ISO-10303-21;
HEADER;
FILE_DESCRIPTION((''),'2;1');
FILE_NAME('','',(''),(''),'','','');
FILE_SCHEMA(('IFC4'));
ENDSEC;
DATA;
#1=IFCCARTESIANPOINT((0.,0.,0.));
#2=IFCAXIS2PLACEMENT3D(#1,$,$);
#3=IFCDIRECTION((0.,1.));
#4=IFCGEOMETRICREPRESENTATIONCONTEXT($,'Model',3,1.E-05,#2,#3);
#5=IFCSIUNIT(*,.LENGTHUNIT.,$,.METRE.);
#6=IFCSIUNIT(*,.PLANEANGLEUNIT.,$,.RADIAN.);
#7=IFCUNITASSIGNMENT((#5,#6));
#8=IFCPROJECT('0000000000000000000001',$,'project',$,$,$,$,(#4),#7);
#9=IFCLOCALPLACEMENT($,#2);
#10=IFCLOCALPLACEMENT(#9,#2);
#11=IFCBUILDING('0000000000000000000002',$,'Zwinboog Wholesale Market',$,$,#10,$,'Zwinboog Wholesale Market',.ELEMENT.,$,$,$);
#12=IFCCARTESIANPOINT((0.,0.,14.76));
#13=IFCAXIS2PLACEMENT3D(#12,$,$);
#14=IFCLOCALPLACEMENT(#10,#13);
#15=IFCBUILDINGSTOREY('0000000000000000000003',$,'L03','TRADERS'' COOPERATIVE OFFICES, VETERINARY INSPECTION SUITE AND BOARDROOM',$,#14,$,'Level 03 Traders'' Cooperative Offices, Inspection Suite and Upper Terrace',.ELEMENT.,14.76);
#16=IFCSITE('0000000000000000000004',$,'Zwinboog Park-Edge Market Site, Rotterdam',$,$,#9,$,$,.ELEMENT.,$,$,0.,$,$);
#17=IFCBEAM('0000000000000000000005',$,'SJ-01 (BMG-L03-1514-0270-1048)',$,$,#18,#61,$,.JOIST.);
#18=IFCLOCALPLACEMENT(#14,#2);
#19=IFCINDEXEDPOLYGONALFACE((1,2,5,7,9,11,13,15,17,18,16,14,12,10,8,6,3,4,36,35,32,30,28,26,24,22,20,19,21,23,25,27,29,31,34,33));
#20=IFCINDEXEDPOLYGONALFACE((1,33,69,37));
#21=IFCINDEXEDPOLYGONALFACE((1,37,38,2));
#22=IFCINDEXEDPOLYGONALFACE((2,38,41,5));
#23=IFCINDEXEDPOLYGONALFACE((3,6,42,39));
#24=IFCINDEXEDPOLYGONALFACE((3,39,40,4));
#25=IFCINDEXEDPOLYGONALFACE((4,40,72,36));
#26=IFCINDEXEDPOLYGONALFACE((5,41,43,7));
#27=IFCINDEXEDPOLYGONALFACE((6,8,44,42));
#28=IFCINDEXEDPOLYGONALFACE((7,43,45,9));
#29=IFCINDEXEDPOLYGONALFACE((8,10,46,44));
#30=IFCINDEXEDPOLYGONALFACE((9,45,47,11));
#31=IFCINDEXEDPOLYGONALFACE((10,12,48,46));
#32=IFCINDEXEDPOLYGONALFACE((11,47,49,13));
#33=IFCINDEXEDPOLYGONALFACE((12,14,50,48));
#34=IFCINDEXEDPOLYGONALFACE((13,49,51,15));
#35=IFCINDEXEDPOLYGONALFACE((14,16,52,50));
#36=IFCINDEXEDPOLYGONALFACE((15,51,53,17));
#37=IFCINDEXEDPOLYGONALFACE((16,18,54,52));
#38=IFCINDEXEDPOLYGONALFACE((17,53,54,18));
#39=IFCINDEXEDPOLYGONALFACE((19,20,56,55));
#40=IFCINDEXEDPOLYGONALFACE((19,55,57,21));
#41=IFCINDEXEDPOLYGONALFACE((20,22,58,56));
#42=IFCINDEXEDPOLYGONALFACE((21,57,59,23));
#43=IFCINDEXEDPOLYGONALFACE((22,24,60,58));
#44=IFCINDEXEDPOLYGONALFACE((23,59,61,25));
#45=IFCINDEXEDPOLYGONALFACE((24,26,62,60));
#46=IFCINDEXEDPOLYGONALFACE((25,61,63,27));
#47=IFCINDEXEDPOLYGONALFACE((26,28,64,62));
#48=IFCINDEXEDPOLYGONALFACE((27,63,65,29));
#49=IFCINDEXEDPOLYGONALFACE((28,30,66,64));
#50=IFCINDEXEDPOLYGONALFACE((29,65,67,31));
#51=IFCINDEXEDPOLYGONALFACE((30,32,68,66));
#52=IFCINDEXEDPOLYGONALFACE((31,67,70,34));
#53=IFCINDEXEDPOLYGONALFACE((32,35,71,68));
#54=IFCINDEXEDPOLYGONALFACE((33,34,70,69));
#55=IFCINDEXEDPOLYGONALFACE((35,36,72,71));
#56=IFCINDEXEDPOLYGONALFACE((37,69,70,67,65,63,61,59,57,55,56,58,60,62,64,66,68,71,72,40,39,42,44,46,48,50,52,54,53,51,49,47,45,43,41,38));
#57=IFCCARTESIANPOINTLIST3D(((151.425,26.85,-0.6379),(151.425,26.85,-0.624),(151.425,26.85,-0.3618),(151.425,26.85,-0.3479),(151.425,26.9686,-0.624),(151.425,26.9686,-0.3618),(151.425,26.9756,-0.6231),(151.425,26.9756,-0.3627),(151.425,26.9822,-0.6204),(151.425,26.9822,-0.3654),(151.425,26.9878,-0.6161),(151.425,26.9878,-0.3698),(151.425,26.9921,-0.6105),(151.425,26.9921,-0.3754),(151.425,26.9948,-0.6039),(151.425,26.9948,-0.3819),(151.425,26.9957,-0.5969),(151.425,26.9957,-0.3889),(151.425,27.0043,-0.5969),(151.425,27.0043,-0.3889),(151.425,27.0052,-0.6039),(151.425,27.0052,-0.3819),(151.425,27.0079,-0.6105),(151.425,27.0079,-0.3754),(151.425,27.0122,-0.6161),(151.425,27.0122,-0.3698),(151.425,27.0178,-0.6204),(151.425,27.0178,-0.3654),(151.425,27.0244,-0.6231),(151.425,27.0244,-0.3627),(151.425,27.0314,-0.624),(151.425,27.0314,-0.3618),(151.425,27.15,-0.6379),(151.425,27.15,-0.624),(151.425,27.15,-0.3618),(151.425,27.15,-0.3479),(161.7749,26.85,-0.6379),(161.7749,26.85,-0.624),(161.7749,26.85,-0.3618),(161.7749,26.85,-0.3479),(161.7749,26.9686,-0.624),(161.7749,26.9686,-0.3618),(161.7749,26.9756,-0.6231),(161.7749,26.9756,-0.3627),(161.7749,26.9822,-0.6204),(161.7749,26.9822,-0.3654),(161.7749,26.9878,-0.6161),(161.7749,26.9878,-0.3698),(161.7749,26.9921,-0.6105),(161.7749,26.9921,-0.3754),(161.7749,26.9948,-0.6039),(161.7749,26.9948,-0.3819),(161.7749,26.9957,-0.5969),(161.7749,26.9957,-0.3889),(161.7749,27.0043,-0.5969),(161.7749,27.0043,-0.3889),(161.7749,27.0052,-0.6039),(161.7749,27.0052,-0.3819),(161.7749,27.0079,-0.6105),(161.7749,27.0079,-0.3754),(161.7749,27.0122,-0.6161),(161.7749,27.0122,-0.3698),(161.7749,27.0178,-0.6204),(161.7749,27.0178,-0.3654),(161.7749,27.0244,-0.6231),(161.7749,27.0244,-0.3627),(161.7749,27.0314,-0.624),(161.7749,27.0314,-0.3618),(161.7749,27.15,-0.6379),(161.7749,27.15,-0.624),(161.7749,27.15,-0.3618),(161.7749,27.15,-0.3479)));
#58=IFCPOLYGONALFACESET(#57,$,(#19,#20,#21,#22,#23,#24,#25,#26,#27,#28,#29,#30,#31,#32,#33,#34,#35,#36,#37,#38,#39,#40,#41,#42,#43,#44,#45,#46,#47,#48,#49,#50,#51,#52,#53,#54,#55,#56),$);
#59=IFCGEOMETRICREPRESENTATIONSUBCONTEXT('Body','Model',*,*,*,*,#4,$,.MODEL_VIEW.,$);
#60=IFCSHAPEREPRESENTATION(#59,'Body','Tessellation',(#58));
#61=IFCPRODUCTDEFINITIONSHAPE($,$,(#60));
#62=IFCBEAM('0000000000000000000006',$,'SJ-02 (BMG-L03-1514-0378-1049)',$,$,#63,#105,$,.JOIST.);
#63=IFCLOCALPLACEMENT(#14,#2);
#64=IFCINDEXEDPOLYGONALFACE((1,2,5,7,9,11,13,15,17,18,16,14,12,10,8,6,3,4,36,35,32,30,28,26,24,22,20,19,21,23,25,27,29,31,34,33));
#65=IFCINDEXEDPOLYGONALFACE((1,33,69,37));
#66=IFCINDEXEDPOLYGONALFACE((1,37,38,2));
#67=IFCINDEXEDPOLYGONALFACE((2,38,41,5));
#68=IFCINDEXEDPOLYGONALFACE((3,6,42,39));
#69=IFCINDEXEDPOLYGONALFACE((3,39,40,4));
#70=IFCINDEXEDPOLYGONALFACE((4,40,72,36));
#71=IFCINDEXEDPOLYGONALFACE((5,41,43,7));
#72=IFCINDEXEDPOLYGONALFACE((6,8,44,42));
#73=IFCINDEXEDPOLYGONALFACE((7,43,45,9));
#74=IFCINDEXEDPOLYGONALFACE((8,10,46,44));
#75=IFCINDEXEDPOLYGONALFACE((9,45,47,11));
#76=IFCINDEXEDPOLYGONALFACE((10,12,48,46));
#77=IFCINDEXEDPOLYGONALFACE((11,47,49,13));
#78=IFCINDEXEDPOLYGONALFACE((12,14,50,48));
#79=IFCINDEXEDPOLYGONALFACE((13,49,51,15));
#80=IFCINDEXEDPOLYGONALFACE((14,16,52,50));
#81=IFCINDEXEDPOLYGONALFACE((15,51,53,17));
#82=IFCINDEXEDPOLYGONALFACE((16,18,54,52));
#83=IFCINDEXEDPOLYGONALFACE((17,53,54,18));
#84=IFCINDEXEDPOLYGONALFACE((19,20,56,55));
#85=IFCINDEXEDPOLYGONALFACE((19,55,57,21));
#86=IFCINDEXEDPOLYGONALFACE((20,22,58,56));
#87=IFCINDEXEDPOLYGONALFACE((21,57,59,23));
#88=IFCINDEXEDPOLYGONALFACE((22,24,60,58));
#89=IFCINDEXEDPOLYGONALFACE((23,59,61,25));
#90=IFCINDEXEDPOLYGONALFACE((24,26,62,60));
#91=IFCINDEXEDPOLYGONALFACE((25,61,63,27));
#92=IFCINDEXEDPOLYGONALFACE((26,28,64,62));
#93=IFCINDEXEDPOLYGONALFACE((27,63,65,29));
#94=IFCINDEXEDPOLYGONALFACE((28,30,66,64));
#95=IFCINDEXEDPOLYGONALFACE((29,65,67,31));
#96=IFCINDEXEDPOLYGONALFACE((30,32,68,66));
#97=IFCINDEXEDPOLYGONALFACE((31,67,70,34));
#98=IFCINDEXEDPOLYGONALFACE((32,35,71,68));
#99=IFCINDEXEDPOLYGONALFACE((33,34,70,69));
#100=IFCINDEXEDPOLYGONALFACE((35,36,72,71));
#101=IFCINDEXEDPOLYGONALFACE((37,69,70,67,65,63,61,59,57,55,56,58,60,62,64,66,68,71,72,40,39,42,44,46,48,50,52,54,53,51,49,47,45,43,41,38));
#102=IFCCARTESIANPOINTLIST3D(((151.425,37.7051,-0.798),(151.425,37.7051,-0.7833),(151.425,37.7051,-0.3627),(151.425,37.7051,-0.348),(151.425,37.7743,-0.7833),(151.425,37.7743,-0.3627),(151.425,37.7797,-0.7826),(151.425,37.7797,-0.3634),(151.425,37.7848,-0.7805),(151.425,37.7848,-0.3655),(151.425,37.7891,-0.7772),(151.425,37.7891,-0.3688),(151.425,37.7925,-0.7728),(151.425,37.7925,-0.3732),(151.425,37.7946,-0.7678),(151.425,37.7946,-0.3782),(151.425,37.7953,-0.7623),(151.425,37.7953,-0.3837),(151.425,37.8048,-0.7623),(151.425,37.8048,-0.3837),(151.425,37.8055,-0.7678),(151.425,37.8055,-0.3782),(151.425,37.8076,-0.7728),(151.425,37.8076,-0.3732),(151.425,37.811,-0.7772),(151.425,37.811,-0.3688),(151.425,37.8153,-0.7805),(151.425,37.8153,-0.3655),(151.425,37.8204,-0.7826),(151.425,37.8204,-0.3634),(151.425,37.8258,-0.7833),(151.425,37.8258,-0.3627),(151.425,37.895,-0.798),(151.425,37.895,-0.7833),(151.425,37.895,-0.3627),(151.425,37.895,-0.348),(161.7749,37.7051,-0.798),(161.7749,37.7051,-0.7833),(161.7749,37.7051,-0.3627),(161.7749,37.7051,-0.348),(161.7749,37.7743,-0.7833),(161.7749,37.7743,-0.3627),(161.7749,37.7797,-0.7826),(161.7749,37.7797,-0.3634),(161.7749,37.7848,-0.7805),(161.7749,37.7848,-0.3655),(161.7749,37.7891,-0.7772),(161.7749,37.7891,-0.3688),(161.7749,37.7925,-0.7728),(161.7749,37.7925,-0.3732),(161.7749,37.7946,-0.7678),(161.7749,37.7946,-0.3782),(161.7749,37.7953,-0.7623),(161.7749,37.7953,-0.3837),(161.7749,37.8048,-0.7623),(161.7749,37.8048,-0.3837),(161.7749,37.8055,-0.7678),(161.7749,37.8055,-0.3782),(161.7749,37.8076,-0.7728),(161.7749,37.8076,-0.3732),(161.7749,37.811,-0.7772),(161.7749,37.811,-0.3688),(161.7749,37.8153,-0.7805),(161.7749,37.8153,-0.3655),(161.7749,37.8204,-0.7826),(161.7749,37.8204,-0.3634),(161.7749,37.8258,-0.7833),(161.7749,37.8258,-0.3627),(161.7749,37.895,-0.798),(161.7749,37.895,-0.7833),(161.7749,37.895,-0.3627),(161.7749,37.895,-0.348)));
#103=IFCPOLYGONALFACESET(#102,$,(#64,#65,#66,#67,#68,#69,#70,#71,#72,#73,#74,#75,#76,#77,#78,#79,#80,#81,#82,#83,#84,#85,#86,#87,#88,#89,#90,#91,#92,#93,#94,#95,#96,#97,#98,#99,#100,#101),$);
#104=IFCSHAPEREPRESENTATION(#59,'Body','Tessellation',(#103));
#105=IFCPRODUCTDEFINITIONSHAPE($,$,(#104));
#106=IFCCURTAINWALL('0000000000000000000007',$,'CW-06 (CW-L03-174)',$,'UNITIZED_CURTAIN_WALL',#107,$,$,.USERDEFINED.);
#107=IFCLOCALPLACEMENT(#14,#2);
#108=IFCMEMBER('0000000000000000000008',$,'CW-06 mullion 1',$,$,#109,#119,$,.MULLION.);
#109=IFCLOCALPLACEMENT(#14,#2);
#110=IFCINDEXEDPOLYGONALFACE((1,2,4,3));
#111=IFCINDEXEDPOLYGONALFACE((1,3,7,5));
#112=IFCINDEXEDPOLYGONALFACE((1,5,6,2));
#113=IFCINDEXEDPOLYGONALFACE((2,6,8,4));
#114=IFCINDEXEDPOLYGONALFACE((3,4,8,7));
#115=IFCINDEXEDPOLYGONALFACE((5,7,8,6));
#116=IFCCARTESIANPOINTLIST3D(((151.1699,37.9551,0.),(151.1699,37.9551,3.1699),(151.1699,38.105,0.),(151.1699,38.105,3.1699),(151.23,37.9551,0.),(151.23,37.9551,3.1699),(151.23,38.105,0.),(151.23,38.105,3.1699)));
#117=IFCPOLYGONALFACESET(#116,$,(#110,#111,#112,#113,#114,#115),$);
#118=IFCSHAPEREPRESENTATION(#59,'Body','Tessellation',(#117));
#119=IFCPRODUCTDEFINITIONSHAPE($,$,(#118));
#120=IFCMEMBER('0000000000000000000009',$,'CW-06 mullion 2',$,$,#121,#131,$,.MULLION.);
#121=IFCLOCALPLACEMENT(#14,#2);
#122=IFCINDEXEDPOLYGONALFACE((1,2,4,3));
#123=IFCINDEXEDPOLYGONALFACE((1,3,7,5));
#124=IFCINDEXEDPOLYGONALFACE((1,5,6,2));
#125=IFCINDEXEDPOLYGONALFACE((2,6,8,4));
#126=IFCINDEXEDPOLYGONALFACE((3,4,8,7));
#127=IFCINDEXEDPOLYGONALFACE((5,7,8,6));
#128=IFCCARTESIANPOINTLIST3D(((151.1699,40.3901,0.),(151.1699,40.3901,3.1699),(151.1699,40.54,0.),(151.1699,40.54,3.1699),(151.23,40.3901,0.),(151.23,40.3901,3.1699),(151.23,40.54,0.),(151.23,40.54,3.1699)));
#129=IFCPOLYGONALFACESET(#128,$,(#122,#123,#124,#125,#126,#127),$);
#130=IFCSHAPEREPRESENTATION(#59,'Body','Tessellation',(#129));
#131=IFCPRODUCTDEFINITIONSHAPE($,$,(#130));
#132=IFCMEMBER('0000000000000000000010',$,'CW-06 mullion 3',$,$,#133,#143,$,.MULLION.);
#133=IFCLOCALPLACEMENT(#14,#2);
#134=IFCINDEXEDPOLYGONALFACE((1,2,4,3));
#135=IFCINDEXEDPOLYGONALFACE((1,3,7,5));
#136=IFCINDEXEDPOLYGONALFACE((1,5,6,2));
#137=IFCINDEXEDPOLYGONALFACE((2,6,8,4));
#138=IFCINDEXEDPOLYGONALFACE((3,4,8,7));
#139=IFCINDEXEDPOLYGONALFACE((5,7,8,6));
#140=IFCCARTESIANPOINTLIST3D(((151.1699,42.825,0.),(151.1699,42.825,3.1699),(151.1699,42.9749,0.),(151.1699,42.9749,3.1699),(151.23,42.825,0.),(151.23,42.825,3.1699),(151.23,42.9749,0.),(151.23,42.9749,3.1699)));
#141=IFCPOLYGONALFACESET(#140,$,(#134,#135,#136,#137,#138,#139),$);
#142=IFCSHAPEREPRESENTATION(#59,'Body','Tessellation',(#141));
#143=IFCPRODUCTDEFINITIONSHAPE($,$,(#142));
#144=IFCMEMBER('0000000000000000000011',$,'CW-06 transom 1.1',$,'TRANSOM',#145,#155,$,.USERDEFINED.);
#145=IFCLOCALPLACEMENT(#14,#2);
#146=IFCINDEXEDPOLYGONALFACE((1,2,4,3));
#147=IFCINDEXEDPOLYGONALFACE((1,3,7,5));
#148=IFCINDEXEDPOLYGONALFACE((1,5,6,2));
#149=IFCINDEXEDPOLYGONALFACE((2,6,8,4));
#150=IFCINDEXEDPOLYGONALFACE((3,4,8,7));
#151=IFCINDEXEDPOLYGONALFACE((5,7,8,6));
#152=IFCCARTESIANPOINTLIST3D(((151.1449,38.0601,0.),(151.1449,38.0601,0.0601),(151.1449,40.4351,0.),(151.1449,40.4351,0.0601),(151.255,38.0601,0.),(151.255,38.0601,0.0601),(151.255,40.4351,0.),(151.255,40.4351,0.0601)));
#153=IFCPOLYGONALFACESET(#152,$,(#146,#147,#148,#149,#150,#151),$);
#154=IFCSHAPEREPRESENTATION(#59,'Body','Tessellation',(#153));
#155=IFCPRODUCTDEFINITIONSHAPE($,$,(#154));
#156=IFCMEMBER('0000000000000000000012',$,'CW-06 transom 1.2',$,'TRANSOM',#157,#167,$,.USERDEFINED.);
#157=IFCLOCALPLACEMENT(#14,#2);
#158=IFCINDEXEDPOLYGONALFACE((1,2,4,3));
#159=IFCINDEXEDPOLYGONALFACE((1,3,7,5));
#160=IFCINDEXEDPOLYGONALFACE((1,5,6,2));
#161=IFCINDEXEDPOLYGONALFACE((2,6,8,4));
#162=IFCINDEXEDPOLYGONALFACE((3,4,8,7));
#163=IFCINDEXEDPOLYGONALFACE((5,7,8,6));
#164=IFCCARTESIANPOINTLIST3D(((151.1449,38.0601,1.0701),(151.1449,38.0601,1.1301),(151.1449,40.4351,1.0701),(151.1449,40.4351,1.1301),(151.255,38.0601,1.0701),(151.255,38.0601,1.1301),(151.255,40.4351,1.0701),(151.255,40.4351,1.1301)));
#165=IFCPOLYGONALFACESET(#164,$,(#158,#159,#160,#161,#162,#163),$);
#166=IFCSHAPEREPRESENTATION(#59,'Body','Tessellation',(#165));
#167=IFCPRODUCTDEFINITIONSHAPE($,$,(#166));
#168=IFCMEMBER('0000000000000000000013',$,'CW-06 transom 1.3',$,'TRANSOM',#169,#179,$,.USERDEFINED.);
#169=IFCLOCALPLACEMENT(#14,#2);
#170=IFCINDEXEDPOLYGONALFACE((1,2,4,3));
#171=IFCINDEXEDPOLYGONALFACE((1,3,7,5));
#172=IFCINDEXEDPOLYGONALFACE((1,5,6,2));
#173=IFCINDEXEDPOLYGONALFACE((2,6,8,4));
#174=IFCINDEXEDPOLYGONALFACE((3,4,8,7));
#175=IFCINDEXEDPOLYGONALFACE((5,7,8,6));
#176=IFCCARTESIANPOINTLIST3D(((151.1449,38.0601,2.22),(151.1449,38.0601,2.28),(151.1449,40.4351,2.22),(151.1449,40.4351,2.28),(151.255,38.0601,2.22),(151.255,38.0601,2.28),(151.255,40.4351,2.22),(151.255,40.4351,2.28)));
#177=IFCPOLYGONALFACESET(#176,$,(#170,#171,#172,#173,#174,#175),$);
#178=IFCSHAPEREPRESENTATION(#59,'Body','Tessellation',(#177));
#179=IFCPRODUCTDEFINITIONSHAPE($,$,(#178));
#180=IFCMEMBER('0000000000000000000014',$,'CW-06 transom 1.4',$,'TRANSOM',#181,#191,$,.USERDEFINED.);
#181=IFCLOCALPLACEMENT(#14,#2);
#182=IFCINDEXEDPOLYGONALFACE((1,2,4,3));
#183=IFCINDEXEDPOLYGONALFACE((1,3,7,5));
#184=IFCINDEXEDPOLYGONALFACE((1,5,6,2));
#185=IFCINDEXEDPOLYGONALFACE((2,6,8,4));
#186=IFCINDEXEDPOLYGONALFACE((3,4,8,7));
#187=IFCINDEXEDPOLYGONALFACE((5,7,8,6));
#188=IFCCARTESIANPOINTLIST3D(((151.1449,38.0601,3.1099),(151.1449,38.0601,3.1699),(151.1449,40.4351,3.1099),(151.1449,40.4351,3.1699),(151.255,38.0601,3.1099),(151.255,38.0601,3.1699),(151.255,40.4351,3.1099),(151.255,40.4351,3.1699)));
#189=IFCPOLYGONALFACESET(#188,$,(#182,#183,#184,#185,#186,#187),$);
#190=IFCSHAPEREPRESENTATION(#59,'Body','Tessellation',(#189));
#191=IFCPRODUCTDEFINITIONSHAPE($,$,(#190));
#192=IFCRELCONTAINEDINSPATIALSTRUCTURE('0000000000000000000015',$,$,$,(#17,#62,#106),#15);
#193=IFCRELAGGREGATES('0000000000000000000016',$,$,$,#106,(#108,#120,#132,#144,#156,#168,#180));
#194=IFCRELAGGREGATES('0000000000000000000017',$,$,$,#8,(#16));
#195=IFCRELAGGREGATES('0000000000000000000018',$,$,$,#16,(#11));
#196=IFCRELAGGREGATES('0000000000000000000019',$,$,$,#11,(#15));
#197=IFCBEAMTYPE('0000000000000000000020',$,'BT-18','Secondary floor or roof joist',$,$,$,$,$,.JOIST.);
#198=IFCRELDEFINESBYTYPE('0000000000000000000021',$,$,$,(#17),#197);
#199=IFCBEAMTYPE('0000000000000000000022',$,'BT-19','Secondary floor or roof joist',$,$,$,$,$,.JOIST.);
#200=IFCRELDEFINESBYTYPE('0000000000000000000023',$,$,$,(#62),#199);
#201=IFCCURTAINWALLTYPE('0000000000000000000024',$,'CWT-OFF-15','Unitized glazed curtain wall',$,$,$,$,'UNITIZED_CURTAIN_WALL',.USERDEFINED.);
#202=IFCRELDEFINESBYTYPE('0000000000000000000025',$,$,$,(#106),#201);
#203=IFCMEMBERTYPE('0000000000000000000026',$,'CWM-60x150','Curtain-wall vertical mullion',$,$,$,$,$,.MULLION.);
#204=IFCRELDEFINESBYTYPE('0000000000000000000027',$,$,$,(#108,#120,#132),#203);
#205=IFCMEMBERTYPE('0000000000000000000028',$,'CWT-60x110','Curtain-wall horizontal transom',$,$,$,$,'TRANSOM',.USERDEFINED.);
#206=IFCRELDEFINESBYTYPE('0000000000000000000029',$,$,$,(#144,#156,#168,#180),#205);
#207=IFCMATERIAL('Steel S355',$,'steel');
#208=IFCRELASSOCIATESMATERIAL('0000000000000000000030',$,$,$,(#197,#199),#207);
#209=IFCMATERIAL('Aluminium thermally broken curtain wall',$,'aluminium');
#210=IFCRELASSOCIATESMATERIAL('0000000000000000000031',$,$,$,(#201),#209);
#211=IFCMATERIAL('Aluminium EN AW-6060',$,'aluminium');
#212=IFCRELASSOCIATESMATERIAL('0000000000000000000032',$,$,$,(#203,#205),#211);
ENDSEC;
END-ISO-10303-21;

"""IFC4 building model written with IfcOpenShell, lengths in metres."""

from ifc_helpers import new_model, si_unit, direction, frame, origin, origin_2d, place, context, subcontext, project, spatial, rectangle, i_section, extrude, material, material_profile, profile_set, type_object, element, aggregate, save


model = new_model("IFC4")

# Units and contexts
model_context = context("Model", 3, precision=1e-05, world=origin(), true_north=direction((0.0, 1.0)))
body_context = subcontext(model_context, "Body", "Model", "MODEL_VIEW")
ifc_project = project(units=[si_unit("LENGTHUNIT", "METRE"), si_unit("PLANEANGLEUNIT", "RADIAN")], contexts=[model_context])

# Site, building, storey
site_placement = place(None, origin())
site = spatial("IfcSite", under=ifc_project, at=site_placement, Name="Zwinboog Park-Edge Market Site, Rotterdam", CompositionType="ELEMENT", RefElevation=0.0)
building_placement = place(site_placement, origin())
building = spatial("IfcBuilding", under=site, at=building_placement, Name="Zwinboog Wholesale Market", LongName="Zwinboog Wholesale Market", CompositionType="ELEMENT")
storey_placement = place(building_placement, frame((0.0, 0.0, 14.76)))
storey = spatial("IfcBuildingStorey", under=building, at=storey_placement, Name="L03", Description="TRADERS' COOPERATIVE OFFICES, VETERINARY INSPECTION SUITE AND BOARDROOM", LongName="Level 03 Traders' Cooperative Offices, Inspection Suite and Upper Terrace", CompositionType="ELEMENT", Elevation=14.76)

# Beams
ifc_material_1 = material(Name="Steel S355", Category="steel")
ifc_material_profile_1 = material_profile(ifc_material_1, i_section(OverallWidth=0.3, OverallDepth=0.29, WebThickness=0.0085, FlangeThickness=0.0139, FilletRadius=0.0271, at=origin_2d()), Name="HEA 300")
ifc_profile_set_1 = profile_set([ifc_material_profile_1], Name="Steel S355")
beam_type_1 = type_object("IfcBeamType", Name="BT-18", Description="Secondary floor or roof joist", PredefinedType="JOIST", material=ifc_profile_set_1)
beam_1_placement = place(storey_placement, frame((151.425, 27.0, -0.4929), z_axis=(1.0, 0.0, 0.0), x_axis=(0.0, 1.0, 0.0)))
element("IfcBeam", 1, at=beam_1_placement, inside=storey, type_object=beam_type_1, Name="SJ-01 (BMG-L03-1514-0270-1048)", PredefinedType="JOIST", context=body_context, shape_type="SweptSolid", body=[
    extrude(i_section(OverallWidth=0.3, OverallDepth=0.29, WebThickness=0.0085, FlangeThickness=0.0139, FilletRadius=0.0271, at=origin_2d()), origin(), (0.0, 0.0, 1.0), 10.3499),
])
ifc_material_profile_2 = material_profile(ifc_material_1, i_section(OverallWidth=0.1899, OverallDepth=0.45, WebThickness=0.0095, FlangeThickness=0.0146, FilletRadius=0.021, at=origin_2d()), Name="IPE 450")
ifc_profile_set_2 = profile_set([ifc_material_profile_2], Name="Steel S355")
beam_type_2 = type_object("IfcBeamType", Name="BT-19", Description="Secondary floor or roof joist", PredefinedType="JOIST", material=ifc_profile_set_2)
beam_2_placement = place(storey_placement, frame((151.425, 37.8, -0.573), z_axis=(1.0, 0.0, 0.0), x_axis=(0.0, 1.0, 0.0)))
element("IfcBeam", 2, at=beam_2_placement, inside=storey, type_object=beam_type_2, Name="SJ-02 (BMG-L03-1514-0378-1049)", PredefinedType="JOIST", context=body_context, shape_type="SweptSolid", body=[
    extrude(i_section(OverallWidth=0.1899, OverallDepth=0.45, WebThickness=0.0095, FlangeThickness=0.0146, FilletRadius=0.021, at=origin_2d()), origin(), (0.0, 0.0, 1.0), 10.3499),
])

# Curtain wall, members
ifc_material_2 = material(Name="Aluminium thermally broken curtain wall", Category="aluminium")
curtain_wall_type_1 = type_object("IfcCurtainWallType", Name="CWT-OFF-15", Description="Unitized glazed curtain wall", ElementType="UNITIZED_CURTAIN_WALL", PredefinedType="USERDEFINED", material=ifc_material_2)
curtain_wall_1_placement = place(storey_placement, origin())
curtain_wall_1 = element("IfcCurtainWall", 3, at=curtain_wall_1_placement, inside=storey, type_object=curtain_wall_type_1, Name="CW-06 (CW-L03-174)", ObjectType="UNITIZED_CURTAIN_WALL", PredefinedType="USERDEFINED")
ifc_material_3 = material(Name="Aluminium EN AW-6060", Category="aluminium")
ifc_material_profile_3 = material_profile(ifc_material_3, rectangle(XDim=0.0601, YDim=0.1499, at=origin_2d()), Name="AL 60x150")
ifc_profile_set_3 = profile_set([ifc_material_profile_3], Name="Aluminium EN AW-6060")
member_type_1 = type_object("IfcMemberType", Name="CWM-60x150", Description="Curtain-wall vertical mullion", PredefinedType="MULLION", material=ifc_profile_set_3)
member_1_placement = place(storey_placement, frame((151.2, 38.03, 0.0), z_axis=(0.0, 0.0, 1.0), x_axis=(-1.0, 0.0, 0.0)))
member_1 = element("IfcMember", 4, at=member_1_placement, type_object=member_type_1, Name="CW-06 mullion 1", PredefinedType="MULLION", context=body_context, shape_type="SweptSolid", body=[
    extrude(rectangle(XDim=0.0601, YDim=0.1499, at=origin_2d()), origin(), (0.0, 0.0, 1.0), 3.1699),
])
member_2_placement = place(storey_placement, frame((151.2, 40.4651, 0.0), z_axis=(0.0, 0.0, 1.0), x_axis=(-1.0, 0.0, 0.0)))
member_2 = element("IfcMember", 5, at=member_2_placement, type_object=member_type_1, Name="CW-06 mullion 2", PredefinedType="MULLION", context=body_context, shape_type="SweptSolid", body=[
    extrude(rectangle(XDim=0.0601, YDim=0.1499, at=origin_2d()), origin(), (0.0, 0.0, 1.0), 3.1699),
])
member_3_placement = place(storey_placement, frame((151.2, 42.8999, 0.0), z_axis=(0.0, 0.0, 1.0), x_axis=(-1.0, 0.0, 0.0)))
member_3 = element("IfcMember", 6, at=member_3_placement, type_object=member_type_1, Name="CW-06 mullion 3", PredefinedType="MULLION", context=body_context, shape_type="SweptSolid", body=[
    extrude(rectangle(XDim=0.0601, YDim=0.1499, at=origin_2d()), origin(), (0.0, 0.0, 1.0), 3.1699),
])
ifc_material_profile_4 = material_profile(ifc_material_3, rectangle(XDim=0.1101, YDim=0.0601, at=origin_2d()), Name="AL 60x110")
ifc_profile_set_4 = profile_set([ifc_material_profile_4], Name="Aluminium EN AW-6060")
member_type_2 = type_object("IfcMemberType", Name="CWT-60x110", Description="Curtain-wall horizontal transom", ElementType="TRANSOM", PredefinedType="USERDEFINED", material=ifc_profile_set_4)
member_4_placement = place(storey_placement, frame((151.2, 38.0601, 0.03), z_axis=(0.0, 1.0, 0.0), x_axis=(-1.0, 0.0, 0.0)))
member_4 = element("IfcMember", 7, at=member_4_placement, type_object=member_type_2, Name="CW-06 transom 1.1", ObjectType="TRANSOM", PredefinedType="USERDEFINED", context=body_context, shape_type="SweptSolid", body=[
    extrude(rectangle(XDim=0.1101, YDim=0.0601, at=origin_2d()), origin(), (0.0, 0.0, 1.0), 2.375),
])
member_5_placement = place(storey_placement, frame((151.2, 38.0601, 1.1001), z_axis=(0.0, 1.0, 0.0), x_axis=(-1.0, 0.0, 0.0)))
member_5 = element("IfcMember", 8, at=member_5_placement, type_object=member_type_2, Name="CW-06 transom 1.2", ObjectType="TRANSOM", PredefinedType="USERDEFINED", context=body_context, shape_type="SweptSolid", body=[
    extrude(rectangle(XDim=0.1101, YDim=0.0601, at=origin_2d()), origin(), (0.0, 0.0, 1.0), 2.375),
])
member_6_placement = place(storey_placement, frame((151.2, 38.0601, 2.25), z_axis=(0.0, 1.0, 0.0), x_axis=(-1.0, 0.0, 0.0)))
member_6 = element("IfcMember", 9, at=member_6_placement, type_object=member_type_2, Name="CW-06 transom 1.3", ObjectType="TRANSOM", PredefinedType="USERDEFINED", context=body_context, shape_type="SweptSolid", body=[
    extrude(rectangle(XDim=0.1101, YDim=0.0601, at=origin_2d()), origin(), (0.0, 0.0, 1.0), 2.375),
])
member_7_placement = place(storey_placement, frame((151.2, 38.0601, 3.1399), z_axis=(0.0, 1.0, 0.0), x_axis=(-1.0, 0.0, 0.0)))
member_7 = element("IfcMember", 10, at=member_7_placement, type_object=member_type_2, Name="CW-06 transom 1.4", ObjectType="TRANSOM", PredefinedType="USERDEFINED", context=body_context, shape_type="SweptSolid", body=[
    extrude(rectangle(XDim=0.1101, YDim=0.0601, at=origin_2d()), origin(), (0.0, 0.0, 1.0), 2.375),
])

aggregate(curtain_wall_1, [member_1, member_2, member_3, member_4, member_5, member_6, member_7])

save(model, "model.ifc")
